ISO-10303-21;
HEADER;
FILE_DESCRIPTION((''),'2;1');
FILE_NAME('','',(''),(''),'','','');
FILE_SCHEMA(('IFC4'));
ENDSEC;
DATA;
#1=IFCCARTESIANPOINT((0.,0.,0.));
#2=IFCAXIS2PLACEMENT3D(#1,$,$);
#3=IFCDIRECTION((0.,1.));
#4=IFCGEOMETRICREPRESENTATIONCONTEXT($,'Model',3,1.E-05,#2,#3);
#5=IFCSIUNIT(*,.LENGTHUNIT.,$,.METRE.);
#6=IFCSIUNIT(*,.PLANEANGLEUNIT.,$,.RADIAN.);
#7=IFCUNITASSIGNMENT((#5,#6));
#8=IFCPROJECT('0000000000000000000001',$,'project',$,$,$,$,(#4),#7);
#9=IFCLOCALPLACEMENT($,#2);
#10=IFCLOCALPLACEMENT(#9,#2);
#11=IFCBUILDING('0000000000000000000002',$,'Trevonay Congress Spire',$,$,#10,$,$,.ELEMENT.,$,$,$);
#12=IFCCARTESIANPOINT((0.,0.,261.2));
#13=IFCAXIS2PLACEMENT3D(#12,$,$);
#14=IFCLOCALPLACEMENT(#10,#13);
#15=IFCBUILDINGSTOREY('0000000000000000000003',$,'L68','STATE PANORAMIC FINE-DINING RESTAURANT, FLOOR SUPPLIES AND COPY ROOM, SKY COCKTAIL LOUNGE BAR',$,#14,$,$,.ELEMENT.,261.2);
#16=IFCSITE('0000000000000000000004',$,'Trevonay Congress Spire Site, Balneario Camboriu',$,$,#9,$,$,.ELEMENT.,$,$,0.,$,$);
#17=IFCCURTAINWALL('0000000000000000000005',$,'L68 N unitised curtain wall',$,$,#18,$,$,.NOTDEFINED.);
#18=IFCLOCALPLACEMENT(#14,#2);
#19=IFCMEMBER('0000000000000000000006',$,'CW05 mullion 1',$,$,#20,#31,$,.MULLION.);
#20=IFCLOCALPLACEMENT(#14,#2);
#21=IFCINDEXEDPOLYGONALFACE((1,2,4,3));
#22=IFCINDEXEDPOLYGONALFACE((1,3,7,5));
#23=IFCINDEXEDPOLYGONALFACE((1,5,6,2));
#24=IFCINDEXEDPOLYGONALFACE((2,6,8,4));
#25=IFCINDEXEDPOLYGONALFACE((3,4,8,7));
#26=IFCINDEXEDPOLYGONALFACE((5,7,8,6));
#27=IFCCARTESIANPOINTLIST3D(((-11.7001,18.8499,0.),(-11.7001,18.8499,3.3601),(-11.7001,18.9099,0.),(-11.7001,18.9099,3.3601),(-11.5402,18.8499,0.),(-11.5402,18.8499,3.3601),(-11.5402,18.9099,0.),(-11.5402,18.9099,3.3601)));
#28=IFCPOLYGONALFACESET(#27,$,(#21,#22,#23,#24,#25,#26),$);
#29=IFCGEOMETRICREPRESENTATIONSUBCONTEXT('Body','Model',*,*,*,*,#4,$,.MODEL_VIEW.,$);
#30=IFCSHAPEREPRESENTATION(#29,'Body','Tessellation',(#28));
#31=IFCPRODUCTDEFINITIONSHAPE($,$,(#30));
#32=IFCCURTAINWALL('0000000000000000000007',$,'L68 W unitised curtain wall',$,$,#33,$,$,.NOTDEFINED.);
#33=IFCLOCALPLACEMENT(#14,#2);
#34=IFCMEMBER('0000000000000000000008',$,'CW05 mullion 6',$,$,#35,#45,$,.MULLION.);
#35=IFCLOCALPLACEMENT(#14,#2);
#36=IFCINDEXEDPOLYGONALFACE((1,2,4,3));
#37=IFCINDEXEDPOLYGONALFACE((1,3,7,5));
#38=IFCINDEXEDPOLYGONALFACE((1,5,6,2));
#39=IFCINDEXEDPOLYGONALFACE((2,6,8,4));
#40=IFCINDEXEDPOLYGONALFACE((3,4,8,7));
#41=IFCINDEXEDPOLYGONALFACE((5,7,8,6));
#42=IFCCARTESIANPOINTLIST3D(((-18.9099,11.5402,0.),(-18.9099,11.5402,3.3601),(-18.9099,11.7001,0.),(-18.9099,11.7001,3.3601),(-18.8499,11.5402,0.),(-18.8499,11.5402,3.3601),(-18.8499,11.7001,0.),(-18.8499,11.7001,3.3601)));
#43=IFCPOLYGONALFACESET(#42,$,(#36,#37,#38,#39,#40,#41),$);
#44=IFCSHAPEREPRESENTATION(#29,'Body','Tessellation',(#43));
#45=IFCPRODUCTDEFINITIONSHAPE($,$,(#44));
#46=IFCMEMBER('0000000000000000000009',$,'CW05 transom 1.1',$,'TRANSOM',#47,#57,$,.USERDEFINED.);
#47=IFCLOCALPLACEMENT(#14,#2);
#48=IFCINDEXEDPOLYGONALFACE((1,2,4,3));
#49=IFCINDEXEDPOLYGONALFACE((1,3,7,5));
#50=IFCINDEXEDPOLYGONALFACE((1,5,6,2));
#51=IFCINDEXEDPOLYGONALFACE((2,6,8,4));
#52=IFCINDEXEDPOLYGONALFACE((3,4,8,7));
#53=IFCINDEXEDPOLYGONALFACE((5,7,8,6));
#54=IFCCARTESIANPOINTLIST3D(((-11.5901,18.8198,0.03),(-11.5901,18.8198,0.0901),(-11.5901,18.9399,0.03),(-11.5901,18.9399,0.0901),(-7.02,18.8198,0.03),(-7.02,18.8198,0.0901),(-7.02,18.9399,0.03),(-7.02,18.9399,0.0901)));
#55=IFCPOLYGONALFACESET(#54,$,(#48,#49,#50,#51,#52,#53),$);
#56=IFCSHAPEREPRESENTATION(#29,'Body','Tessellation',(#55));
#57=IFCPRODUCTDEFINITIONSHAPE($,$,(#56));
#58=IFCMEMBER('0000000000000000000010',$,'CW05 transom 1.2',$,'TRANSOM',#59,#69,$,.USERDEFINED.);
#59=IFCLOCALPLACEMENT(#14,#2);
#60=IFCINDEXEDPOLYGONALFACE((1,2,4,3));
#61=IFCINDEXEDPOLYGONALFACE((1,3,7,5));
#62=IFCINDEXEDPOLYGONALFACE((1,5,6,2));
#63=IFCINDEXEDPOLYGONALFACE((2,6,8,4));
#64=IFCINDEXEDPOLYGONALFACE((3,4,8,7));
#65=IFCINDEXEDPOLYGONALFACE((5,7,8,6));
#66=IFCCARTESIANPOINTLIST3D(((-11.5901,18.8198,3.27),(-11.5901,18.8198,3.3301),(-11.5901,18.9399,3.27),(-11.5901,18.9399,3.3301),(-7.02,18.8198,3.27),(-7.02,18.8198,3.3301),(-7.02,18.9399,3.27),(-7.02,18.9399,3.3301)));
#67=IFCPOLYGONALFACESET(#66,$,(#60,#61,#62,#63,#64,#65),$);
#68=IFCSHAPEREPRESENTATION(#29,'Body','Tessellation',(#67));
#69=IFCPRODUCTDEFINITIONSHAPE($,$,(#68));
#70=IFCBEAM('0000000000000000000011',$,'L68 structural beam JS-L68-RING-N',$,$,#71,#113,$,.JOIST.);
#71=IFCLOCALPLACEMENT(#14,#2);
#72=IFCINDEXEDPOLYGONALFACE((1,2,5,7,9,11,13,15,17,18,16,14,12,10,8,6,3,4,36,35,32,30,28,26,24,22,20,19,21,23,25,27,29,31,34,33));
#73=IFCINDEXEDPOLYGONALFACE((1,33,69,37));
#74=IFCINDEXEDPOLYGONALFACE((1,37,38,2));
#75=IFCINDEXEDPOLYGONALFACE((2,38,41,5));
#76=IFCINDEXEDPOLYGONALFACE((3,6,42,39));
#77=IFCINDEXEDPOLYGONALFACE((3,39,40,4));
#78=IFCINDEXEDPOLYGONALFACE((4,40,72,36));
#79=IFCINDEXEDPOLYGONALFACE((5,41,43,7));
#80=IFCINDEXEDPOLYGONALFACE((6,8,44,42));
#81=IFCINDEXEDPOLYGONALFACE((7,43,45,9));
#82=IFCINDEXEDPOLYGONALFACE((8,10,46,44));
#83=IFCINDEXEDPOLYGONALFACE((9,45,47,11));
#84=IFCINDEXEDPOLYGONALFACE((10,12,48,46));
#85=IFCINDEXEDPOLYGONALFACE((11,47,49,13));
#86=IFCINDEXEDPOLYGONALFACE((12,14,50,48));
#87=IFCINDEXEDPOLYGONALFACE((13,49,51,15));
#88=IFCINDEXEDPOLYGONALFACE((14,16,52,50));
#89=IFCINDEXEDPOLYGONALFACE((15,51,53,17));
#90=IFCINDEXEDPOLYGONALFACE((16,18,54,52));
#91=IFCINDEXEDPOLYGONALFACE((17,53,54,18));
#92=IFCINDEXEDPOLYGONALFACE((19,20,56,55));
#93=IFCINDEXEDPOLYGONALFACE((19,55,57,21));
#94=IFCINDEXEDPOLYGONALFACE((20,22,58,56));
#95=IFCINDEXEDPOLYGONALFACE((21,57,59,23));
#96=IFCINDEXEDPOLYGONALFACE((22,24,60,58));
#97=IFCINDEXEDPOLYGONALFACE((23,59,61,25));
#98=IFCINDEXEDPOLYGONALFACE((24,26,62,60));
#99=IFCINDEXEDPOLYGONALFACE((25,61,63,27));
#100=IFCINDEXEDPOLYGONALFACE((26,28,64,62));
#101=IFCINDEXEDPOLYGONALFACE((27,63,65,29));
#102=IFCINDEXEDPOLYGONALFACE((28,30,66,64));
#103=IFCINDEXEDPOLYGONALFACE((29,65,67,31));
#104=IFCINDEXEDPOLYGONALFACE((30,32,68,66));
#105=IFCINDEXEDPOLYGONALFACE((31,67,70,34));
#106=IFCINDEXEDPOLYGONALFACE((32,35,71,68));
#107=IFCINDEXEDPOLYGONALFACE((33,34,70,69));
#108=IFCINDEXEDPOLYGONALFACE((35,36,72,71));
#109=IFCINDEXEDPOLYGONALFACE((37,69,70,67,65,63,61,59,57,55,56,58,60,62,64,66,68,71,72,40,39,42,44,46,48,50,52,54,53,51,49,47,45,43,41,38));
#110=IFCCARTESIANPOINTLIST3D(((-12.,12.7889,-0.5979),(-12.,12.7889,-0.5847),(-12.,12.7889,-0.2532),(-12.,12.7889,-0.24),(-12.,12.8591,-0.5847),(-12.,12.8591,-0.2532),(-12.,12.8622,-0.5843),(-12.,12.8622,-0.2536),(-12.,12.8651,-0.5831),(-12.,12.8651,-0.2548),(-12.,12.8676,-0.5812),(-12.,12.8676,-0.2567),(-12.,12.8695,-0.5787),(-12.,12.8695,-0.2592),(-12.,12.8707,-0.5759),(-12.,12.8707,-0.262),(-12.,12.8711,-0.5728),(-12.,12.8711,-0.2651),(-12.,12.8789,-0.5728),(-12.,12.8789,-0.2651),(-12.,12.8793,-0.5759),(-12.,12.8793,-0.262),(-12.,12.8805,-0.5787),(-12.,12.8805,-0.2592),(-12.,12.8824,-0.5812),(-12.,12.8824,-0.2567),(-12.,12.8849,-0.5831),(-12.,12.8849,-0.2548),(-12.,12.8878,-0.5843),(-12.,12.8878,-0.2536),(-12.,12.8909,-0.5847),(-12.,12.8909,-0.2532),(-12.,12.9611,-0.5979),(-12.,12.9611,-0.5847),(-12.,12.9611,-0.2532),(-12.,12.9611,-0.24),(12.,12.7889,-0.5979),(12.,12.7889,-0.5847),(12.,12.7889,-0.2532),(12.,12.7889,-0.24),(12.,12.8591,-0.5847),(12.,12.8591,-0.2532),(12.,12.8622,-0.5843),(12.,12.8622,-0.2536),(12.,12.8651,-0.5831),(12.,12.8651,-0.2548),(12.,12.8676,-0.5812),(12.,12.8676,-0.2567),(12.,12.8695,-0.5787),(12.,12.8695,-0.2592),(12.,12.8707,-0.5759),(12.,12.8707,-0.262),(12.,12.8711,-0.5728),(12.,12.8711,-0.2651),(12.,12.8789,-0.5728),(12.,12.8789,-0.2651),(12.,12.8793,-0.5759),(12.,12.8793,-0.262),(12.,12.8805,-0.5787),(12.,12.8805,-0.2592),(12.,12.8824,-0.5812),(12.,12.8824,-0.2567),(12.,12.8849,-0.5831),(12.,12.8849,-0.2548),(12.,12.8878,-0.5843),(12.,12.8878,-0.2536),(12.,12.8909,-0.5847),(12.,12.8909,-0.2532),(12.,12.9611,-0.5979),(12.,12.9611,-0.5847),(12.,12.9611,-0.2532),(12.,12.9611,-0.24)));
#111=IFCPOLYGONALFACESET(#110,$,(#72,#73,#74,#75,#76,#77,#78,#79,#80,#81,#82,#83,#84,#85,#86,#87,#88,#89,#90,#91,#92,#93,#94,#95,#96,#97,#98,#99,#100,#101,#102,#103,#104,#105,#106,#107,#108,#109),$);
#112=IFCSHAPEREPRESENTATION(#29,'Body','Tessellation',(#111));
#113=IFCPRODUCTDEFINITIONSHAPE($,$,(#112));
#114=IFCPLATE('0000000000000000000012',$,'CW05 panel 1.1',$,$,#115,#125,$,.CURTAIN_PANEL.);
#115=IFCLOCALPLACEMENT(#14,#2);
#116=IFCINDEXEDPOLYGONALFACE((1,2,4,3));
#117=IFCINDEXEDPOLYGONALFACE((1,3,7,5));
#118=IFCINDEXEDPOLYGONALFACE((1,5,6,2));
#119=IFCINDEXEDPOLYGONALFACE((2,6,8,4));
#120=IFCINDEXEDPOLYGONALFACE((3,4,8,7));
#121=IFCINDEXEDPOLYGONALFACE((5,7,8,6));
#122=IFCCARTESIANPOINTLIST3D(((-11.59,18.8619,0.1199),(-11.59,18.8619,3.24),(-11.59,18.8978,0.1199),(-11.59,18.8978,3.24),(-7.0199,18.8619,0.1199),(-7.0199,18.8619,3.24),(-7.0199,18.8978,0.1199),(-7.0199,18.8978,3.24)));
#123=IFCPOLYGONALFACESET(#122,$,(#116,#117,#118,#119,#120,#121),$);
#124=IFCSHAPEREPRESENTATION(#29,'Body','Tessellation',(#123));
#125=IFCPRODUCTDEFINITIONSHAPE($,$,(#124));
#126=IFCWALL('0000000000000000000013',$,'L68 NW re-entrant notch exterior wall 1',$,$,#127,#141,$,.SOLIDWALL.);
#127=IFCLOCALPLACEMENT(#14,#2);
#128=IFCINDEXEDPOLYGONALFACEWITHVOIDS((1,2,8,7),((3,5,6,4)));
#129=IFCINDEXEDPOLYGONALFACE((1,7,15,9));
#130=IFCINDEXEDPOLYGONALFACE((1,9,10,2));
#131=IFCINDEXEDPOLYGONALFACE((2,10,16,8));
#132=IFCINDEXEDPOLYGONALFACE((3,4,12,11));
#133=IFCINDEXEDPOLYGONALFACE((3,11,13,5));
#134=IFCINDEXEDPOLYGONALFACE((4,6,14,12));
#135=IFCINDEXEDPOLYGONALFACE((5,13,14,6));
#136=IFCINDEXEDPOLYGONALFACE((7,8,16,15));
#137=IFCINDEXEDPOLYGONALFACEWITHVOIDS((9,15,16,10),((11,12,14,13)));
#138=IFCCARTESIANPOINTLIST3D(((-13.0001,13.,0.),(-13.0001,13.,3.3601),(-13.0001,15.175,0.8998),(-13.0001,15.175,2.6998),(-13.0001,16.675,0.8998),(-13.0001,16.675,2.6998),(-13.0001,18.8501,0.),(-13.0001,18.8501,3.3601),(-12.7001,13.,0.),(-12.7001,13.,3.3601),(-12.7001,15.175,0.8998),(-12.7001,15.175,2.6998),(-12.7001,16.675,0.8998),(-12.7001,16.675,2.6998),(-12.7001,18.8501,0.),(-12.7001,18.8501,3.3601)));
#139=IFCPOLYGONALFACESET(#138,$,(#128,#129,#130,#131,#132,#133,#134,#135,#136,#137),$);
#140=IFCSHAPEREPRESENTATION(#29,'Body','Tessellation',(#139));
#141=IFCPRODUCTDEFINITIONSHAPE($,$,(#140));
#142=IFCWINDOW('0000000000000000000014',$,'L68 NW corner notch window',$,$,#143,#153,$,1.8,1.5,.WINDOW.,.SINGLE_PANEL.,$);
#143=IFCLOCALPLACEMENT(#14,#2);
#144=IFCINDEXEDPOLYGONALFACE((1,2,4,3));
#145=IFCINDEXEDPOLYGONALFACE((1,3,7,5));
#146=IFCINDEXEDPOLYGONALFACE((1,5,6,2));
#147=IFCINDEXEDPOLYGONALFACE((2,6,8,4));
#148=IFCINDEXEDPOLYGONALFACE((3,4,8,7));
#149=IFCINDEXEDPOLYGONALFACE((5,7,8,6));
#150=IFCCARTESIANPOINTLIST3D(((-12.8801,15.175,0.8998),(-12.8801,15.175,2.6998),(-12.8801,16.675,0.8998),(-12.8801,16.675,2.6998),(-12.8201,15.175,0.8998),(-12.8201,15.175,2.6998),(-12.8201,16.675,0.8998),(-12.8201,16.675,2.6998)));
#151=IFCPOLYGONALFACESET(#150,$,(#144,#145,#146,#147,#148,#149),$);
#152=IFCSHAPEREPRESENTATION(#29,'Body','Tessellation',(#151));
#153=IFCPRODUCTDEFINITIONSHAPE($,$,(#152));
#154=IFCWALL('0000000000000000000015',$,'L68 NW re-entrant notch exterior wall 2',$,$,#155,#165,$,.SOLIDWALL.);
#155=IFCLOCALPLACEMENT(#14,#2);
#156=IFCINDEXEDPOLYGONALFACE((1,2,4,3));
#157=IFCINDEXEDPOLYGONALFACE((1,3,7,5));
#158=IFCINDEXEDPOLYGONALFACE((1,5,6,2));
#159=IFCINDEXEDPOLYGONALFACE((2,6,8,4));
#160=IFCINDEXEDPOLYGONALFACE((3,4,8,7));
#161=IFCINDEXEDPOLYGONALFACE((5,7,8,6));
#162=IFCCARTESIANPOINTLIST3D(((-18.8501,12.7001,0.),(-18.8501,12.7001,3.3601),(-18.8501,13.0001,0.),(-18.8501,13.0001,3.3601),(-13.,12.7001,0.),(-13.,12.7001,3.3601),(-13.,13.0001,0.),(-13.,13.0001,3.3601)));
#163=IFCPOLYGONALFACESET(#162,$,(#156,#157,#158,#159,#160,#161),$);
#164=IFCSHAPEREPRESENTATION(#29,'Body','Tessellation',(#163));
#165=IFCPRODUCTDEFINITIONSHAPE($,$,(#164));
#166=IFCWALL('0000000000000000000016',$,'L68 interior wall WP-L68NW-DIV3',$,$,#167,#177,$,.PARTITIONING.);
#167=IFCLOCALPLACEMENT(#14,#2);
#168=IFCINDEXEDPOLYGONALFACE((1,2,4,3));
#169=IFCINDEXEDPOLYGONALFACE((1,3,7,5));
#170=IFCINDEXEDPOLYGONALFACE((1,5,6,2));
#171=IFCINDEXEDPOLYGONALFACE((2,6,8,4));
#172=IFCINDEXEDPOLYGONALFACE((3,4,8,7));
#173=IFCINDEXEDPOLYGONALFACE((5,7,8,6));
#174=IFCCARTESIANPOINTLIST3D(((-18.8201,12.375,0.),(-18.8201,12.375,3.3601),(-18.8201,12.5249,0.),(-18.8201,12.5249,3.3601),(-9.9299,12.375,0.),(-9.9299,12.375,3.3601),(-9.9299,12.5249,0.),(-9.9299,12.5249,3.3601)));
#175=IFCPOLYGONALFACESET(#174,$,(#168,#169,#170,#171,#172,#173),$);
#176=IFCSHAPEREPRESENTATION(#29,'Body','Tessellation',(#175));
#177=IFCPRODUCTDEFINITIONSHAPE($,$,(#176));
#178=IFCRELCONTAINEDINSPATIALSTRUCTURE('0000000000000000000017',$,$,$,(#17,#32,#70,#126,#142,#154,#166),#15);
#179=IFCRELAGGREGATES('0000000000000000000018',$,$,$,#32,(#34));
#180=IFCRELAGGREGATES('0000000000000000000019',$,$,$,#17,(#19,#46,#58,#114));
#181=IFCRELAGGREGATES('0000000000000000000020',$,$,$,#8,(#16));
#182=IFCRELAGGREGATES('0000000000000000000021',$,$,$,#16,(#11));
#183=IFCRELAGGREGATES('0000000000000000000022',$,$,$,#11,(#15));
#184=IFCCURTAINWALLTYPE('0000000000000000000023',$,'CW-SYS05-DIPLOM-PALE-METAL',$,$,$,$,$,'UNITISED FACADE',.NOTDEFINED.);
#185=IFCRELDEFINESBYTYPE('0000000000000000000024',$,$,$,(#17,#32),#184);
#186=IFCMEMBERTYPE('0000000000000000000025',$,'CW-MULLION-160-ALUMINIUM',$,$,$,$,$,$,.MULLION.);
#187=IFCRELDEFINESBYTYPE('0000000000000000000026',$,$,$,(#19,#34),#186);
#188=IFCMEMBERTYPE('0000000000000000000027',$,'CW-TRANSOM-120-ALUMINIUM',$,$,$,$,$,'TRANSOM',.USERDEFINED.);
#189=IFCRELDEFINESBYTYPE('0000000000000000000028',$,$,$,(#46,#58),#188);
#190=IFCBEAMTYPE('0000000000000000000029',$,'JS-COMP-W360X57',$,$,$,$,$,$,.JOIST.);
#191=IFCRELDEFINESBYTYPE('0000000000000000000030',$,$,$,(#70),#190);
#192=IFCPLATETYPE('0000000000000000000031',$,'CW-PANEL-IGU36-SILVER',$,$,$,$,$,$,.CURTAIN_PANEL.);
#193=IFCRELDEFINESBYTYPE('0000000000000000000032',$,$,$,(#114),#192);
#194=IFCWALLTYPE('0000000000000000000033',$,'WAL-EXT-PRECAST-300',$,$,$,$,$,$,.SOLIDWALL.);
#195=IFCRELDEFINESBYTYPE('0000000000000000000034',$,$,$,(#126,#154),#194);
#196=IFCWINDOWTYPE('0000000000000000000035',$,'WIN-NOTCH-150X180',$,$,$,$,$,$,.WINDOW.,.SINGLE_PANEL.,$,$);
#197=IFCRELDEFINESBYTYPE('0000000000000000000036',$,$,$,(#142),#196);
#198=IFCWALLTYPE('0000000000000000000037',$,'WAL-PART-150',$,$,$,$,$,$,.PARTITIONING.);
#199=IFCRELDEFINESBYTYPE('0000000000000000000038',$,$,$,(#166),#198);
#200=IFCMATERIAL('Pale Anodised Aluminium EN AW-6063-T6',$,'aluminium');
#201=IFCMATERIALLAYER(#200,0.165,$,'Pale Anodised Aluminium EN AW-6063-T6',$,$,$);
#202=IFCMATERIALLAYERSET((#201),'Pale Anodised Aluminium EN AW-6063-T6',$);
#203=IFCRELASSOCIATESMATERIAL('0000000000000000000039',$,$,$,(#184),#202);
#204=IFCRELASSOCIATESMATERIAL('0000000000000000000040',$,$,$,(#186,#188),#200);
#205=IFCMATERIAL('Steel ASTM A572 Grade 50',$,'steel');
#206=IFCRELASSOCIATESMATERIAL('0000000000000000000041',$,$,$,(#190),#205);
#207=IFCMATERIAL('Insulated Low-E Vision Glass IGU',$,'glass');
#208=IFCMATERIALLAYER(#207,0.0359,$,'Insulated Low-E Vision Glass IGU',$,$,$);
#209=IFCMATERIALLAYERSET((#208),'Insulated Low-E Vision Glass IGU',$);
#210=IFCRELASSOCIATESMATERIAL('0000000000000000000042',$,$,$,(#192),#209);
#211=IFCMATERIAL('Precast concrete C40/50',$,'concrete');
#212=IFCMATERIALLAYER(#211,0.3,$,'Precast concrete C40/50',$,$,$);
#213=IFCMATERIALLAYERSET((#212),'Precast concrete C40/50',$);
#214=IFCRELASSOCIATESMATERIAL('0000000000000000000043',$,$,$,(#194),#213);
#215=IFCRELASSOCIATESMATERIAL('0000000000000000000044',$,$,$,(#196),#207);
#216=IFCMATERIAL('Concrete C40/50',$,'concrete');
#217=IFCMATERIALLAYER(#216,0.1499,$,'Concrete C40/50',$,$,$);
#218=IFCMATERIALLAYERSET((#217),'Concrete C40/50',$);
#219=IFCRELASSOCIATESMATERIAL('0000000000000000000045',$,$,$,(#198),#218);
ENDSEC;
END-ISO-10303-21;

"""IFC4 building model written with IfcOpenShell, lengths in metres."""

from ifc_helpers import new_model, si_unit, direction, frame, frame_2d, origin, origin_2d, place, context, subcontext, project, spatial, rectangle, i_section, extrude, material, layer, layer_set, material_profile, profile_set, type_object, element, fill, aggregate, save


model = new_model("IFC4")

# Units and contexts
model_context = context("Model", 3, precision=1e-05, world=origin(), true_north=direction((0.0, 1.0)))
body_context = subcontext(model_context, "Body", "Model", "MODEL_VIEW")
ifc_project = project(units=[si_unit("LENGTHUNIT", "METRE"), si_unit("PLANEANGLEUNIT", "RADIAN")], contexts=[model_context])

# Site, building, storey
site_placement = place(None, origin())
site = spatial("IfcSite", under=ifc_project, at=site_placement, Name="Trevonay Congress Spire Site, Balneario Camboriu", CompositionType="ELEMENT", RefElevation=0.0)
building_placement = place(site_placement, origin())
building = spatial("IfcBuilding", under=site, at=building_placement, Name="Trevonay Congress Spire", CompositionType="ELEMENT")
storey_placement = place(building_placement, frame((0.0, 0.0, 261.2)))
storey = spatial("IfcBuildingStorey", under=building, at=storey_placement, Name="L68", Description="STATE PANORAMIC FINE-DINING RESTAURANT, FLOOR SUPPLIES AND COPY ROOM, SKY COCKTAIL LOUNGE BAR", CompositionType="ELEMENT", Elevation=261.2)

# Shared definitions
ifc_material_1 = material(Name="Steel ASTM A572 Grade 50", Category="steel")

# Curtain walls, members
ifc_material_2 = material(Name="Pale Anodised Aluminium EN AW-6063-T6", Category="aluminium")
ifc_layer_1 = layer(ifc_material_2, 0.165, Name="Pale Anodised Aluminium EN AW-6063-T6")
ifc_layer_set_1 = layer_set([ifc_layer_1], Name="Pale Anodised Aluminium EN AW-6063-T6")
curtain_wall_type = type_object("IfcCurtainWallType", Name="CW-SYS05-DIPLOM-PALE-METAL", ElementType="UNITISED FACADE", PredefinedType="NOTDEFINED", material=ifc_layer_set_1)
curtain_wall_1_placement = place(storey_placement, origin())
curtain_wall_1 = element("IfcCurtainWall", 1, at=curtain_wall_1_placement, inside=storey, type_object=curtain_wall_type, Name="L68 N unitised curtain wall", PredefinedType="NOTDEFINED")
ifc_material_profile_1 = material_profile(ifc_material_2, rectangle(XDim=0.0601, YDim=0.1599, at=origin_2d()), Name="CW-MULLION-160-ALUMINIUM")
ifc_profile_set_1 = profile_set([ifc_material_profile_1], Name="Pale Anodised Aluminium EN AW-6063-T6")
member_type_1 = type_object("IfcMemberType", Name="CW-MULLION-160-ALUMINIUM", PredefinedType="MULLION", material=ifc_profile_set_1)
member_1_placement = place(storey_placement, frame((-11.6201, 18.8799, 0.0), z_axis=(0.0, 0.0, 1.0), x_axis=(0.0, 1.0, 0.0)))
member_1 = element("IfcMember", 2, at=member_1_placement, type_object=member_type_1, Name="CW05 mullion 1", PredefinedType="MULLION", context=body_context, shape_type="SweptSolid", body=[
    extrude(rectangle(XDim=0.0601, YDim=0.1599, at=origin_2d()), origin(), (0.0, 0.0, 1.0), 3.3601),
])
curtain_wall_2_placement = place(storey_placement, origin())
curtain_wall_2 = element("IfcCurtainWall", 3, at=curtain_wall_2_placement, inside=storey, type_object=curtain_wall_type, Name="L68 W unitised curtain wall", PredefinedType="NOTDEFINED")
member_2_placement = place(storey_placement, frame((-18.8799, 11.6201, 0.0), z_axis=(0.0, 0.0, 1.0), x_axis=(-1.0, 0.0, 0.0)))
member_2 = element("IfcMember", 4, at=member_2_placement, type_object=member_type_1, Name="CW05 mullion 6", PredefinedType="MULLION", context=body_context, shape_type="SweptSolid", body=[
    extrude(rectangle(XDim=0.0601, YDim=0.1599, at=origin_2d()), origin(), (0.0, 0.0, 1.0), 3.3601),
])
aggregate(curtain_wall_2, [member_2])

# Members
ifc_material_profile_2 = material_profile(ifc_material_2, rectangle(XDim=0.1201, YDim=0.0601, at=origin_2d()), Name="CW-TRANSOM-120-ALUMINIUM")
ifc_profile_set_2 = profile_set([ifc_material_profile_2], Name="Pale Anodised Aluminium EN AW-6063-T6")
member_type_2 = type_object("IfcMemberType", Name="CW-TRANSOM-120-ALUMINIUM", ElementType="TRANSOM", PredefinedType="USERDEFINED", material=ifc_profile_set_2)
member_3_placement = place(storey_placement, frame((-11.5901, 18.8799, 0.0601), z_axis=(1.0, 0.0, 0.0), x_axis=(0.0, 1.0, 0.0)))
member_3 = element("IfcMember", 5, at=member_3_placement, type_object=member_type_2, Name="CW05 transom 1.1", ObjectType="TRANSOM", PredefinedType="USERDEFINED", context=body_context, shape_type="SweptSolid", body=[
    extrude(rectangle(XDim=0.1201, YDim=0.0601, at=origin_2d()), origin(), (0.0, 0.0, 1.0), 4.5701),
])
member_4_placement = place(storey_placement, frame((-11.5901, 18.8799, 3.3), z_axis=(1.0, 0.0, 0.0), x_axis=(0.0, 1.0, 0.0)))
member_4 = element("IfcMember", 6, at=member_4_placement, type_object=member_type_2, Name="CW05 transom 1.2", ObjectType="TRANSOM", PredefinedType="USERDEFINED", context=body_context, shape_type="SweptSolid", body=[
    extrude(rectangle(XDim=0.1201, YDim=0.0601, at=origin_2d()), origin(), (0.0, 0.0, 1.0), 4.5701),
])

# Beam
ifc_material_profile_3 = material_profile(ifc_material_1, i_section(OverallWidth=0.1721, OverallDepth=0.3579, WebThickness=0.0078, FlangeThickness=0.0132, FilletRadius=0.012, at=origin_2d()), Name="W360x57.8")
ifc_profile_set_3 = profile_set([ifc_material_profile_3], Name="Steel ASTM A572 Grade 50")
beam_type_1 = type_object("IfcBeamType", Name="JS-COMP-W360X57", PredefinedType="JOIST", material=ifc_profile_set_3)
beam_1_placement = place(storey_placement, frame((-12.0, 12.875, -0.4189), z_axis=(1.0, 0.0, 0.0), x_axis=(0.0, 1.0, 0.0)))
element("IfcBeam", 7, at=beam_1_placement, inside=storey, type_object=beam_type_1, Name="L68 structural beam JS-L68-RING-N", PredefinedType="JOIST", context=body_context, shape_type="SweptSolid", body=[
    extrude(i_section(OverallWidth=0.1721, OverallDepth=0.3579, WebThickness=0.0078, FlangeThickness=0.0132, FilletRadius=0.012, at=origin_2d()), origin(), (0.0, 0.0, 1.0), 24.0),
])

# Plate
ifc_material_3 = material(Name="Insulated Low-E Vision Glass IGU", Category="glass")
ifc_layer_2 = layer(ifc_material_3, 0.0359, Name="Insulated Low-E Vision Glass IGU")
ifc_layer_set_2 = layer_set([ifc_layer_2], Name="Insulated Low-E Vision Glass IGU")
plate_type = type_object("IfcPlateType", Name="CW-PANEL-IGU36-SILVER", PredefinedType="CURTAIN_PANEL", material=ifc_layer_set_2)
plate_placement = place(storey_placement, frame((-9.3049, 18.8799, 0.1199), z_axis=(0.0, 0.0, 1.0), x_axis=(1.0, 0.0, 0.0)))
plate = element("IfcPlate", 8, at=plate_placement, type_object=plate_type, Name="CW05 panel 1.1", PredefinedType="CURTAIN_PANEL", context=body_context, shape_type="SweptSolid", body=[
    extrude(rectangle(XDim=4.5701, YDim=0.0359, at=origin_2d()), origin(), (0.0, 0.0, 1.0), 3.1201),
])
aggregate(curtain_wall_1, [member_1, member_3, member_4, plate])

# Wall, opening, window
ifc_material_4 = material(Name="Precast concrete C40/50", Category="concrete")
ifc_layer_3 = layer(ifc_material_4, 0.3, Name="Precast concrete C40/50")
ifc_layer_set_3 = layer_set([ifc_layer_3], Name="Precast concrete C40/50")
wall_type_1 = type_object("IfcWallType", Name="WAL-EXT-PRECAST-300", PredefinedType="SOLIDWALL", material=ifc_layer_set_3)
wall_1_placement = place(storey_placement, frame((-12.8501, 18.8501, 0.0), z_axis=(0.0, 0.0, 1.0), x_axis=(0.0, -1.0, 0.0)))
wall_1 = element("IfcWall", 9, at=wall_1_placement, inside=storey, type_object=wall_type_1, Name="L68 NW re-entrant notch exterior wall 1", PredefinedType="SOLIDWALL", context=body_context, shape_type="SweptSolid", body=[
    extrude(rectangle(XDim=5.8501, YDim=0.3, at=frame_2d((2.925, 0.0))), origin(), (0.0, 0.0, 1.0), 3.3601),
])
opening_placement = place(wall_1_placement, frame((2.175, 0.0, 0.8999)))
opening = element("IfcOpeningElement", 10, at=opening_placement, cuts=wall_1, PredefinedType="OPENING", context=body_context, shape_type="SweptSolid", body=[
    extrude(rectangle(XDim=1.5, YDim=1.8, at=frame_2d((0.75, 0.8999))), frame((0.0, 0.1602, 0.0), z_axis=(0.0, -1.0, 0.0), x_axis=(1.0, 0.0, 0.0)), (0.0, 0.0, 1.0), 0.3201),
])
window_type = type_object("IfcWindowType", Name="WIN-NOTCH-150X180", PartitioningType="SINGLE_PANEL", PredefinedType="WINDOW", material=ifc_material_3)
window_placement = place(opening_placement, origin())
window = element("IfcWindow", 11, at=window_placement, inside=storey, type_object=window_type, Name="L68 NW corner notch window", OverallHeight=1.8, OverallWidth=1.5, PartitioningType="SINGLE_PANEL", PredefinedType="WINDOW", context=body_context, shape_type="SweptSolid", body=[
    extrude(rectangle(XDim=1.5, YDim=1.8, at=frame_2d((0.75, 0.8999))), frame((0.0, 0.03, 0.0), z_axis=(0.0, -1.0, 0.0), x_axis=(1.0, 0.0, 0.0)), (0.0, 0.0, 1.0), 0.0601),
])
fill(opening, window)

# Walls
wall_2_placement = place(storey_placement, frame((-18.8501, 12.8501, 0.0), z_axis=(0.0, 0.0, 1.0), x_axis=(1.0, 0.0, 0.0)))
element("IfcWall", 12, at=wall_2_placement, inside=storey, type_object=wall_type_1, Name="L68 NW re-entrant notch exterior wall 2", PredefinedType="SOLIDWALL", context=body_context, shape_type="SweptSolid", body=[
    extrude(rectangle(XDim=5.8501, YDim=0.3, at=frame_2d((2.925, 0.0))), origin(), (0.0, 0.0, 1.0), 3.3601),
])
ifc_material_5 = material(Name="Concrete C40/50", Category="concrete")
ifc_layer_4 = layer(ifc_material_5, 0.1499, Name="Concrete C40/50")
ifc_layer_set_4 = layer_set([ifc_layer_4], Name="Concrete C40/50")
wall_type_2 = type_object("IfcWallType", Name="WAL-PART-150", PredefinedType="PARTITIONING", material=ifc_layer_set_4)
wall_3_placement = place(storey_placement, frame((-18.8201, 12.45, 0.0), z_axis=(0.0, 0.0, 1.0), x_axis=(1.0, 0.0, 0.0)))
element("IfcWall", 13, at=wall_3_placement, inside=storey, type_object=wall_type_2, Name="L68 interior wall WP-L68NW-DIV3", PredefinedType="PARTITIONING", context=body_context, shape_type="SweptSolid", body=[
    extrude(rectangle(XDim=8.8901, YDim=0.1499, at=frame_2d((4.4451, 0.0))), origin(), (0.0, 0.0, 1.0), 3.3601),
])

save(model, "model.ifc")
